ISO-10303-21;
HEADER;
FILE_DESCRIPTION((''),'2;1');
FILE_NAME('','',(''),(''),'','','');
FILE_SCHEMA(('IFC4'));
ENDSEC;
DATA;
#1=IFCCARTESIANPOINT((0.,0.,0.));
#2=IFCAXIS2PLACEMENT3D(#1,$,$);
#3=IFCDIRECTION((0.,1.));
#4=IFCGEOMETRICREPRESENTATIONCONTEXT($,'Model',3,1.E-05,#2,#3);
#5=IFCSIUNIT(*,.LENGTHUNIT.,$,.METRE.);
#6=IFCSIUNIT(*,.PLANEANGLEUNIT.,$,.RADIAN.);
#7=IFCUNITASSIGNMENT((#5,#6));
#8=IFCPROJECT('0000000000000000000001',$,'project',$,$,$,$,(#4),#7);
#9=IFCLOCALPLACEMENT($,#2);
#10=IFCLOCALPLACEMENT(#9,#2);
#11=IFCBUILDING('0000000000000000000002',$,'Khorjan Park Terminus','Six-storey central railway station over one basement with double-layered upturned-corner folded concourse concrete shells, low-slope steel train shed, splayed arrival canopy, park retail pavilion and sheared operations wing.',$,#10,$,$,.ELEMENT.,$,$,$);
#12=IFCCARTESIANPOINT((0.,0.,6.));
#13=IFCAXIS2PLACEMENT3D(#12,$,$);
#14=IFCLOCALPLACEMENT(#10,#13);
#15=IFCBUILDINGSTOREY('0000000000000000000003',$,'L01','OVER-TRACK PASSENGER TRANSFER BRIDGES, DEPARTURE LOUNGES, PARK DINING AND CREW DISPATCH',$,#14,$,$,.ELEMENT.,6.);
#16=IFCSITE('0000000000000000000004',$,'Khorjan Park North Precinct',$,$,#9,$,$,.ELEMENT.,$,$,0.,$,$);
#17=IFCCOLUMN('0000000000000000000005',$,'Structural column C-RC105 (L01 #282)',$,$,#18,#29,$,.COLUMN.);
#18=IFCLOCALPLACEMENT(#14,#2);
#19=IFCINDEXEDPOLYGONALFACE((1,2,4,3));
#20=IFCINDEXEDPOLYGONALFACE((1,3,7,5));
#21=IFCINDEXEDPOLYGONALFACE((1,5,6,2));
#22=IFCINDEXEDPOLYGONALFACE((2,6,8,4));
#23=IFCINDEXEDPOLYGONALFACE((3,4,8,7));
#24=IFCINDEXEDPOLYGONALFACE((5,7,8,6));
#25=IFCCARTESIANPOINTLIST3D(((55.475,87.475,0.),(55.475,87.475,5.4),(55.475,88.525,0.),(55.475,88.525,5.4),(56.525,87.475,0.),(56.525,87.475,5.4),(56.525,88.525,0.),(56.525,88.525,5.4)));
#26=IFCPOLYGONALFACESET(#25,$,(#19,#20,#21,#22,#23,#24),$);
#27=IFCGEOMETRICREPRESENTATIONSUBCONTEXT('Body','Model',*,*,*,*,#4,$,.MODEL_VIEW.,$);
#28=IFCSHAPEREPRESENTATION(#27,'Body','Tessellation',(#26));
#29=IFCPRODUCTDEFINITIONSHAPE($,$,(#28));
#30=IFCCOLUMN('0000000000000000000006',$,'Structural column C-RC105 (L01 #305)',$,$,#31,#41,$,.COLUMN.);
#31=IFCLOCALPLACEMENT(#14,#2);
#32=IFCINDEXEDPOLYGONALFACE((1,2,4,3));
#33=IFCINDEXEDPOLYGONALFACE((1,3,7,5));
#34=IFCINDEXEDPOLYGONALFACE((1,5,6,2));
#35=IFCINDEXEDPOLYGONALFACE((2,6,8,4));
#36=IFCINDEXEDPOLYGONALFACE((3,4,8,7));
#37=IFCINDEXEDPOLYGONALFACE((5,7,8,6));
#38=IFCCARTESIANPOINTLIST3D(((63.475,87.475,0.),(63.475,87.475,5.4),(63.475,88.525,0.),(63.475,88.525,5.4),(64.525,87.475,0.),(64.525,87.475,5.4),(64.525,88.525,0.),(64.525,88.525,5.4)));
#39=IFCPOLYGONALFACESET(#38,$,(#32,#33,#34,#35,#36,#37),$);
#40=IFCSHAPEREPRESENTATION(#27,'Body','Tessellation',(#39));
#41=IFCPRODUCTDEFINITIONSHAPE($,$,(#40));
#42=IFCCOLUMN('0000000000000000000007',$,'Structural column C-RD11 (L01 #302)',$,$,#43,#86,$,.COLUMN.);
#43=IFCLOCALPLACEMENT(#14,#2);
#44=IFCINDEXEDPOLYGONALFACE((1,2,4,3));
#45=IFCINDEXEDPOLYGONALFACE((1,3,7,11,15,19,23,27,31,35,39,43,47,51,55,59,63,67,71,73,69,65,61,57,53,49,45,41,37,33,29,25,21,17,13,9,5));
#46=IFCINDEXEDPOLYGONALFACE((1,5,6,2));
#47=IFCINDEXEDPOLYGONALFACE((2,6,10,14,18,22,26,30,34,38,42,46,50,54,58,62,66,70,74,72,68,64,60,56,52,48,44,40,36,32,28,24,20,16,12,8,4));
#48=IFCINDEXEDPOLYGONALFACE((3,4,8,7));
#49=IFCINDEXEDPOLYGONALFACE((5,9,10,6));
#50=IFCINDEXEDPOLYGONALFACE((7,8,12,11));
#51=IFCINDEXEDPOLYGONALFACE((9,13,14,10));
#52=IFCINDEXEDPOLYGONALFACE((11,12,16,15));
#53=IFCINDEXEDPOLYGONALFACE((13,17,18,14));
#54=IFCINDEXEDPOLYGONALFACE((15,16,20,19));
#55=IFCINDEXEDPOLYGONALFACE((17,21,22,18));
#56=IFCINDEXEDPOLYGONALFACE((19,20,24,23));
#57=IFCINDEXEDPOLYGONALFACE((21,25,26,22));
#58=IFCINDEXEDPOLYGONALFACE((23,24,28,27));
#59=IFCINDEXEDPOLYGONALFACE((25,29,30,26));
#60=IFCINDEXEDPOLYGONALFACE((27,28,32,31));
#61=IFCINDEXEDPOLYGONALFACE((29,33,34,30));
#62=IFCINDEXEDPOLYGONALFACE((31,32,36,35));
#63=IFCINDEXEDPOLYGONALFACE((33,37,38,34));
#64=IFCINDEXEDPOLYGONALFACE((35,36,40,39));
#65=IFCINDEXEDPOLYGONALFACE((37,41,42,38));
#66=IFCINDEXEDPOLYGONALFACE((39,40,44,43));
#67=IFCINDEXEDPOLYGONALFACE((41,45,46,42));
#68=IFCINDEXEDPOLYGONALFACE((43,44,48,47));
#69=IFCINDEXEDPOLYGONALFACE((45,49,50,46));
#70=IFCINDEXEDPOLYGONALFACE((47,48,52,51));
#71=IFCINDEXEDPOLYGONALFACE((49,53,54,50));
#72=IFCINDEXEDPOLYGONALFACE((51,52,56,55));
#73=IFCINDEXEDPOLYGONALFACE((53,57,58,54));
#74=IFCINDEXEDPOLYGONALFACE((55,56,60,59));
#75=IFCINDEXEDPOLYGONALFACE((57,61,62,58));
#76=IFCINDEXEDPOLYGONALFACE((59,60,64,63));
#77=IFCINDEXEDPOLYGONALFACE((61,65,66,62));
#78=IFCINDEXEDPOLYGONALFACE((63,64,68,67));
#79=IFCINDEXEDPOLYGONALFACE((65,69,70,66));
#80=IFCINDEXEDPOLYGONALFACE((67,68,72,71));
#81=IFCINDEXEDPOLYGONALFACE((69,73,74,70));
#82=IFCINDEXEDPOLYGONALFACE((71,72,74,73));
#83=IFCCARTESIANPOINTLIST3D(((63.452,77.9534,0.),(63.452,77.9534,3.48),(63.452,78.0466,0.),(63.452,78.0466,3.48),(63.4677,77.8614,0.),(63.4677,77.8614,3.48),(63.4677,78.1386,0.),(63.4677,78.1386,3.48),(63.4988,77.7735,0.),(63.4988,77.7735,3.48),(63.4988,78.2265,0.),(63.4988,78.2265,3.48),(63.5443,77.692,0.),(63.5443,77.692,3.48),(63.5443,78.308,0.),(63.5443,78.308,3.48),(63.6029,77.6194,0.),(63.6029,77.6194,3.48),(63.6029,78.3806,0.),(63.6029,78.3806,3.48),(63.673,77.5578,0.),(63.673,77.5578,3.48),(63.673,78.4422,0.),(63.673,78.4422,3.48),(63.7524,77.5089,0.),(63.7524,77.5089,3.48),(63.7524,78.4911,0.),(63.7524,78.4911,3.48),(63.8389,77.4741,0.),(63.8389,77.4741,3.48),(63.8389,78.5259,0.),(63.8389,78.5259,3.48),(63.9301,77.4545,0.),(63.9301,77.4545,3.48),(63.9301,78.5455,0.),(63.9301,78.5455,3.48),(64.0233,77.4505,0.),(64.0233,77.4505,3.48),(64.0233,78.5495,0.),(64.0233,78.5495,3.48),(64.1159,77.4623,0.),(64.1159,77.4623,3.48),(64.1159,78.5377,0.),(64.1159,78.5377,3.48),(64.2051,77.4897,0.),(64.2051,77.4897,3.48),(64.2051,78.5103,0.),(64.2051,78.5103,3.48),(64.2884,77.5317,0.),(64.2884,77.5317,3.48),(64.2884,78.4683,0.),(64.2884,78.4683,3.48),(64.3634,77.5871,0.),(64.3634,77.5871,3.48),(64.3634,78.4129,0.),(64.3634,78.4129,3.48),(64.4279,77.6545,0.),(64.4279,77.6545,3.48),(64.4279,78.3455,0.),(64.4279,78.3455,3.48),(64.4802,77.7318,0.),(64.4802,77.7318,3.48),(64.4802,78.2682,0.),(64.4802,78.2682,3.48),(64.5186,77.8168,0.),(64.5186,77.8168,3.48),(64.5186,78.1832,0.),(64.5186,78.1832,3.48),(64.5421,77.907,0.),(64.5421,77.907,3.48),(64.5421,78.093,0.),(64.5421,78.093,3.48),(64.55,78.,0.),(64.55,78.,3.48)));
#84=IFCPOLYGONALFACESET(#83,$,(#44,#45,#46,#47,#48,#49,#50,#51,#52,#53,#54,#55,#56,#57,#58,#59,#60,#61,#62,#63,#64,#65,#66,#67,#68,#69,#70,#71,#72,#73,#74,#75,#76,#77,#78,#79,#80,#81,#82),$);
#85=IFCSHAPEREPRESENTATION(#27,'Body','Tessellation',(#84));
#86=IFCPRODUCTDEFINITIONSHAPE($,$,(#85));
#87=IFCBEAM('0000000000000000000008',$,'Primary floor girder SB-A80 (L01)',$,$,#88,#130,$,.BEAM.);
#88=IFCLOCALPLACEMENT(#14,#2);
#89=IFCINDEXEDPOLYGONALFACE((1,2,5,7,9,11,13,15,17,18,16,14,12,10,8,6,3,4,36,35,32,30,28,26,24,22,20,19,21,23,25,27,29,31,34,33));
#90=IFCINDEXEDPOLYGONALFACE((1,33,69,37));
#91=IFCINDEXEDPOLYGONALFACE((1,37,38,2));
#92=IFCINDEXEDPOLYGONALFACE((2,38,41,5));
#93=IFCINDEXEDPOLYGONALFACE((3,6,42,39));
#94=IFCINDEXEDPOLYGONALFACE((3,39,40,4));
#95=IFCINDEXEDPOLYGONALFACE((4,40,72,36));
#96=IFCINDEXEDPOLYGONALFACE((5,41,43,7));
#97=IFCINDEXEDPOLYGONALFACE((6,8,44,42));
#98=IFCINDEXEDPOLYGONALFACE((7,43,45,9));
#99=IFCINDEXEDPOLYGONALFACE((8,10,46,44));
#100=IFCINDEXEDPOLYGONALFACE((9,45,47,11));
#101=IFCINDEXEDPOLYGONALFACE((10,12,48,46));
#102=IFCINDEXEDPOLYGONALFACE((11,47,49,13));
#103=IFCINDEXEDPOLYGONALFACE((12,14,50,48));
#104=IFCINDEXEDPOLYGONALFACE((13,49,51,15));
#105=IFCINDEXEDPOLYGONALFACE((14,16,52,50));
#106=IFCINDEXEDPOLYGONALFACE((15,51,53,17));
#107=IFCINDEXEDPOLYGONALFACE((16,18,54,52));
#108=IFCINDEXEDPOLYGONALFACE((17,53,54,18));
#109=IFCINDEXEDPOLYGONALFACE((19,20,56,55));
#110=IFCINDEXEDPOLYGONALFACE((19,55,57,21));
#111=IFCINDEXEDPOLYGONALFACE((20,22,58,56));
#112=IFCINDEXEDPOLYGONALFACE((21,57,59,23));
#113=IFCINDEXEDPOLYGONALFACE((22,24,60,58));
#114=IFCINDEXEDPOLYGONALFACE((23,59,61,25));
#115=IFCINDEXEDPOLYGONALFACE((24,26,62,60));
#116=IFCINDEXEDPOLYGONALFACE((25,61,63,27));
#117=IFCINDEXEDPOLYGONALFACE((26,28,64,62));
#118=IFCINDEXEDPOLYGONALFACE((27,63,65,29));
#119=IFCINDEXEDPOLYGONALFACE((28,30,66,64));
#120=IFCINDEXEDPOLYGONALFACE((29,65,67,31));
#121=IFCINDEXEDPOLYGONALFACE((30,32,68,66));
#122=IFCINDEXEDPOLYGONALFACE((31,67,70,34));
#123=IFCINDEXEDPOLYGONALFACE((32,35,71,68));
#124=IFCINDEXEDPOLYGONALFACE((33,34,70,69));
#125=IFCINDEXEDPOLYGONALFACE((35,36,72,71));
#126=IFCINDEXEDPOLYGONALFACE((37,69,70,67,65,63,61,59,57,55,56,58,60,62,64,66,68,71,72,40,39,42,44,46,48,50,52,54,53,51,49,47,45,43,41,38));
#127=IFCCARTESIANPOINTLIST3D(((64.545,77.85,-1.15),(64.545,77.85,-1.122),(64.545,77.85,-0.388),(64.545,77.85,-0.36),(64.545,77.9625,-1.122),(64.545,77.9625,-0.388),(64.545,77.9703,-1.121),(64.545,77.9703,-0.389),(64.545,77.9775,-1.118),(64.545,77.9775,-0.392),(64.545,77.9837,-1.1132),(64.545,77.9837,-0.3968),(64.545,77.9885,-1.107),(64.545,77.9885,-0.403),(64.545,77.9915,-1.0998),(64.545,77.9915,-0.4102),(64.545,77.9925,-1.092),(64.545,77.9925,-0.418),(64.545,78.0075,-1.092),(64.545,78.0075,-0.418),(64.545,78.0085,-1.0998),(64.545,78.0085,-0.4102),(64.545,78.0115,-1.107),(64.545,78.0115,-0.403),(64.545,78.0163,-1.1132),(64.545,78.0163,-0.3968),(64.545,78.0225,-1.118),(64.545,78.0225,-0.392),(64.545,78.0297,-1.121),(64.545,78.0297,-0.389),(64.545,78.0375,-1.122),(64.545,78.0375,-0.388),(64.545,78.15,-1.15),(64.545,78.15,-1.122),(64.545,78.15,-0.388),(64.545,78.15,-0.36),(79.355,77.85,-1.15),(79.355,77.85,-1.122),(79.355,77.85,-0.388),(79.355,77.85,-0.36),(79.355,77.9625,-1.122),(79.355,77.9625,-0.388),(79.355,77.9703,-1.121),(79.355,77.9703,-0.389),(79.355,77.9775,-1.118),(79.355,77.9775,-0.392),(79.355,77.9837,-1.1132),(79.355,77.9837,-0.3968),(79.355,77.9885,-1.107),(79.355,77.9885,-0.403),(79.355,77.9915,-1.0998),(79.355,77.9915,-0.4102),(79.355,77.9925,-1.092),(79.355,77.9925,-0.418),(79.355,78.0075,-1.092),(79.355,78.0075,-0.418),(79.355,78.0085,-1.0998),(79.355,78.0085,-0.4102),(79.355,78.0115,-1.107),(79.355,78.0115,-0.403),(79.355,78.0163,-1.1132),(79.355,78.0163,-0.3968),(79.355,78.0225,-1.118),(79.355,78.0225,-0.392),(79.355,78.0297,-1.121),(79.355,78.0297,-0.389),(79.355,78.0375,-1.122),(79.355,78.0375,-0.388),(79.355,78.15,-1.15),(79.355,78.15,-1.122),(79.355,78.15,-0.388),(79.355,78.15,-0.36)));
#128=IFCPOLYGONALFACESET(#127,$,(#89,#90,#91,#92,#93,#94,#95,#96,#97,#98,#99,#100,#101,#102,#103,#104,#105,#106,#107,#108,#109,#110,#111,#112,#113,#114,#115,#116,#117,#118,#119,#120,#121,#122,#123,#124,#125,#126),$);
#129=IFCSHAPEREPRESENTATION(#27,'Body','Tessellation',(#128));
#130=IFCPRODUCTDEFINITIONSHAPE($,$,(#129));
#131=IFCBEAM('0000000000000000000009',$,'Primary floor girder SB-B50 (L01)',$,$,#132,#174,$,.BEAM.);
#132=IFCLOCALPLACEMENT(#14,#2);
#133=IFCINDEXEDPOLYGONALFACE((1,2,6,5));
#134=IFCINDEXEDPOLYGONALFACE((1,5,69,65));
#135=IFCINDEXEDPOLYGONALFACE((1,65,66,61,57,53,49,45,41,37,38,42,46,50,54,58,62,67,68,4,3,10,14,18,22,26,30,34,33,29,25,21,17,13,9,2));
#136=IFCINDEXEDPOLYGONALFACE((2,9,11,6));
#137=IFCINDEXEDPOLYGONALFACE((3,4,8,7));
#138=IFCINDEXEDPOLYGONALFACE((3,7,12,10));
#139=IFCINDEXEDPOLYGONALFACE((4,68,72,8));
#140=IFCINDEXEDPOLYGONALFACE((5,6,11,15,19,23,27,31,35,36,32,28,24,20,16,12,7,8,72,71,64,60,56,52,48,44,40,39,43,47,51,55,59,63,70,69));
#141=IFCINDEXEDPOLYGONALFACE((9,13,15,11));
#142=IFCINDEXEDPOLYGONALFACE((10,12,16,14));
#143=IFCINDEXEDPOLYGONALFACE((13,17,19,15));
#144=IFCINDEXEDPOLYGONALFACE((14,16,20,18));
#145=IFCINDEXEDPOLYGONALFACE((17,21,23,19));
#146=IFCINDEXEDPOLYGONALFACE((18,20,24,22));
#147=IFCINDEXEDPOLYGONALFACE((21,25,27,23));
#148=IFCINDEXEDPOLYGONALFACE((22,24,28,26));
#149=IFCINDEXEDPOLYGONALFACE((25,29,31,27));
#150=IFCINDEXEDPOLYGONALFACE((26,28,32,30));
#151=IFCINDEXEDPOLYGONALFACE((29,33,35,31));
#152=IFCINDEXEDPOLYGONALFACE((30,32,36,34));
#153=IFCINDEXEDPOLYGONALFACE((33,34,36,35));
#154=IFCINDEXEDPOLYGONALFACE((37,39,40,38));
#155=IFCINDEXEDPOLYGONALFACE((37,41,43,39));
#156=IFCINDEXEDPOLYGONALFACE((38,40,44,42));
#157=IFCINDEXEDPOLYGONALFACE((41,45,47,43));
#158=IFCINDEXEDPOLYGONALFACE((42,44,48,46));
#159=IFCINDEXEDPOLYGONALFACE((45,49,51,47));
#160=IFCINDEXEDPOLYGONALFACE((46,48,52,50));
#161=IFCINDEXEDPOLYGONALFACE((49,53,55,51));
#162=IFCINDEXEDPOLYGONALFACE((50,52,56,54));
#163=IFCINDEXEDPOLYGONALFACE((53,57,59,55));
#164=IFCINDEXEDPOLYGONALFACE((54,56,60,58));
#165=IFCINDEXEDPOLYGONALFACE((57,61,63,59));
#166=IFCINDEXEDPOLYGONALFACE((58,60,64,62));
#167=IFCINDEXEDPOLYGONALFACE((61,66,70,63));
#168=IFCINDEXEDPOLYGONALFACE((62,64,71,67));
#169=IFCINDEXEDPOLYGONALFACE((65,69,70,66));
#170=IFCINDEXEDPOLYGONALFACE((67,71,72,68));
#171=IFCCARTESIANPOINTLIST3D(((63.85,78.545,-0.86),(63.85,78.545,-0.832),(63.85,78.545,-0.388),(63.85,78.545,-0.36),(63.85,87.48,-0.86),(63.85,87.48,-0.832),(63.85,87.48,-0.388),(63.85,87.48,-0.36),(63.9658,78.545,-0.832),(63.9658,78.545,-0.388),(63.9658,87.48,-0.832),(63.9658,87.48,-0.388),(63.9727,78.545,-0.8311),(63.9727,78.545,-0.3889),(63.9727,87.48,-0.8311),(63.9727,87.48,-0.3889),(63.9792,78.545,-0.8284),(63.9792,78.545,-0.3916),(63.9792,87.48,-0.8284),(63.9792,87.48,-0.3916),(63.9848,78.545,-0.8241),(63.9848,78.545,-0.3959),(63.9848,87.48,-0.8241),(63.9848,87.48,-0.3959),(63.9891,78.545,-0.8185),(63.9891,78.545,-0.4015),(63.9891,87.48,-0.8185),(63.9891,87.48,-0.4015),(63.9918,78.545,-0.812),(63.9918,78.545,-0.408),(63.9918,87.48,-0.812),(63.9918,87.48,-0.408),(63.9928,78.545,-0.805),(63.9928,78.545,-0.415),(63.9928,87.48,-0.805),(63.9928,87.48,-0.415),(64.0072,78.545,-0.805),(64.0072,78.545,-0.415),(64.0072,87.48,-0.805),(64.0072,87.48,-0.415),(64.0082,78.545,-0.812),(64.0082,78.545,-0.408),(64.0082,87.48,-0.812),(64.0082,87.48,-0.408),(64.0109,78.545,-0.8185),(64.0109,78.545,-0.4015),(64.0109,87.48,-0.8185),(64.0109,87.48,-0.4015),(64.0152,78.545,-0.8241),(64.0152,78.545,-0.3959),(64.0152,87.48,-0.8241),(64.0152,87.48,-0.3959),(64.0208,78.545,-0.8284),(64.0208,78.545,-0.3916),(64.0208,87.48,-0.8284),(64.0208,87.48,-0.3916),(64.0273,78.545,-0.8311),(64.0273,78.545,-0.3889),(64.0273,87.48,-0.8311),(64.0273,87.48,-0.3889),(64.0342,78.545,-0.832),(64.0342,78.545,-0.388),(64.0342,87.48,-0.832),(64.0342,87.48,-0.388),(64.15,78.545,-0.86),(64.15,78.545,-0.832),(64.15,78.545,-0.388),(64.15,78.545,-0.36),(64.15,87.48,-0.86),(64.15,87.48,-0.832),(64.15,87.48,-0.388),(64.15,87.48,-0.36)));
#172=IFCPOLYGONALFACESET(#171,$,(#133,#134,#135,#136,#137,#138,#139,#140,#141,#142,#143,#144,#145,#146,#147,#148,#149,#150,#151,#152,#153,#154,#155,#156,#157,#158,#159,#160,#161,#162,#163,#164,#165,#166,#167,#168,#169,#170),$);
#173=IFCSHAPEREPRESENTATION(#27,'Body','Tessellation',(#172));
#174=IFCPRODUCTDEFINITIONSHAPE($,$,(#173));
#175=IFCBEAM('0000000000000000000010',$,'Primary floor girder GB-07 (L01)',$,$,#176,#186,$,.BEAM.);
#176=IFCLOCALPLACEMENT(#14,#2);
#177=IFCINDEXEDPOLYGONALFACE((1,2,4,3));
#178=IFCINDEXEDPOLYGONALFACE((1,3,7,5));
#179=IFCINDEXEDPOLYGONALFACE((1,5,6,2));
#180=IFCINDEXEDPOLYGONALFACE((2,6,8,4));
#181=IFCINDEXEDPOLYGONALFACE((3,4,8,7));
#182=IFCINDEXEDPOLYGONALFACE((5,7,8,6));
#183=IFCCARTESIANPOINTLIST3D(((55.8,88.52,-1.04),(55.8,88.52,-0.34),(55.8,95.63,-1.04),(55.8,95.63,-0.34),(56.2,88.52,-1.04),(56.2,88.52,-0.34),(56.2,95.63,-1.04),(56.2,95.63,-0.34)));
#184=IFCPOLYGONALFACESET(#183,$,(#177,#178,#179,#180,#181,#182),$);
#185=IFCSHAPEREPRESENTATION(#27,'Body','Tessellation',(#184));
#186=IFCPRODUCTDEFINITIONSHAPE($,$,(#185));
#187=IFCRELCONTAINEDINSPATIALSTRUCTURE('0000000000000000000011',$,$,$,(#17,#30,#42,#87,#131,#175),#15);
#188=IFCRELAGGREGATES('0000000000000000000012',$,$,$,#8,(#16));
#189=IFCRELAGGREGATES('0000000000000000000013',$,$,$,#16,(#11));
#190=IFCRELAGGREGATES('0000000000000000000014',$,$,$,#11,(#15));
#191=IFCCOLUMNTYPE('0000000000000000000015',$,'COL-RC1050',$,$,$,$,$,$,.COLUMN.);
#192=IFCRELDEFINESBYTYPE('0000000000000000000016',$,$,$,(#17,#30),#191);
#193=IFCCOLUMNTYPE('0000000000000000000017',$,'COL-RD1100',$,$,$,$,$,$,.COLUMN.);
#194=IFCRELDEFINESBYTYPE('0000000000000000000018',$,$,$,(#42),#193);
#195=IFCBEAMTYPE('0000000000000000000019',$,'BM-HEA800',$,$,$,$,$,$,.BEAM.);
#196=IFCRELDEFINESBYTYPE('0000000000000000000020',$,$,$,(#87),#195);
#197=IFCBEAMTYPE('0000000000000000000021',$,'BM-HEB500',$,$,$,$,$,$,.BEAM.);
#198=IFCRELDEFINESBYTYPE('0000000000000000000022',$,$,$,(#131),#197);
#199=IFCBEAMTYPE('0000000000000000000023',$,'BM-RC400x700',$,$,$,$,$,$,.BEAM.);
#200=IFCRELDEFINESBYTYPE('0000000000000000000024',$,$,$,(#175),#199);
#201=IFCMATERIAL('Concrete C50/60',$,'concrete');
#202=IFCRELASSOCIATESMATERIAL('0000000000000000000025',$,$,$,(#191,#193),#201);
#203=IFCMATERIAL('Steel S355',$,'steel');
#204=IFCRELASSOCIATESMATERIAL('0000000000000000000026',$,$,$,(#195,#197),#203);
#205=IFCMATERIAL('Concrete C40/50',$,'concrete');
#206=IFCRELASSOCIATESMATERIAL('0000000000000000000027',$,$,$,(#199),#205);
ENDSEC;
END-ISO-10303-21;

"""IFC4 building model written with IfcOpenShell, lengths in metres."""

from ifc_helpers import new_model, si_unit, direction, frame, origin, origin_2d, place, context, subcontext, project, spatial, rectangle, circle, i_section, extrude, material, material_profile, profile_set, type_object, element, save


model = new_model("IFC4")

# Units and contexts
model_context = context("Model", 3, precision=1e-05, world=origin(), true_north=direction((0.0, 1.0)))
body_context = subcontext(model_context, "Body", "Model", "MODEL_VIEW")
ifc_project = project(units=[si_unit("LENGTHUNIT", "METRE"), si_unit("PLANEANGLEUNIT", "RADIAN")], contexts=[model_context])

# Site, building, storey
site_placement = place(None, origin())
site = spatial("IfcSite", under=ifc_project, at=site_placement, Name="Khorjan Park North Precinct", CompositionType="ELEMENT", RefElevation=0.0)
building_placement = place(site_placement, origin())
building = spatial("IfcBuilding", under=site, at=building_placement, Name="Khorjan Park Terminus", Description="Six-storey central railway station over one basement with double-layered upturned-corner folded concourse concrete shells, low-slope steel train shed, splayed arrival canopy, park retail pavilion and sheared operations wing.", CompositionType="ELEMENT")
storey_placement = place(building_placement, frame((0.0, 0.0, 6.0)))
storey = spatial("IfcBuildingStorey", under=building, at=storey_placement, Name="L01", Description="OVER-TRACK PASSENGER TRANSFER BRIDGES, DEPARTURE LOUNGES, PARK DINING AND CREW DISPATCH", CompositionType="ELEMENT", Elevation=6.0)

# Columns
ifc_material_1 = material(Name="Concrete C50/60", Category="concrete")
ifc_material_profile_1 = material_profile(ifc_material_1, rectangle(XDim=1.05, YDim=1.05, at=origin_2d()), Name="RC 1050x1050")
ifc_profile_set_1 = profile_set([ifc_material_profile_1], Name="Concrete C50/60")
column_type_1 = type_object("IfcColumnType", Name="COL-RC1050", PredefinedType="COLUMN", material=ifc_profile_set_1)
for number, where, z_axis, x_axis, name in (
    (1, (56.0, 88.0, 0.0), (0.0, 0.0, 1.0), (1.0, 0.0, 0.0), "Structural column C-RC105 (L01 #282)"),
    (2, (64.0, 88.0, 0.0), (0.0, 0.0, 1.0), (1.0, 0.0, 0.0), "Structural column C-RC105 (L01 #305)"),
):
    element("IfcColumn", number, at=place(storey_placement, frame(where, z_axis=z_axis, x_axis=x_axis)), inside=storey, type_object=column_type_1, Name=name, PredefinedType="COLUMN", context=body_context, shape_type="SweptSolid", body=[
        extrude(rectangle(XDim=1.05, YDim=1.05, at=origin_2d()), origin(), (0.0, 0.0, 1.0), 5.4),
    ])
ifc_material_profile_2 = material_profile(ifc_material_1, circle(Radius=0.55, at=origin_2d()), Name="RC D1100")
ifc_profile_set_2 = profile_set([ifc_material_profile_2], Name="Concrete C50/60")
column_type_2 = type_object("IfcColumnType", Name="COL-RD1100", PredefinedType="COLUMN", material=ifc_profile_set_2)
column_placement = place(storey_placement, frame((64.0, 78.0, 0.0), z_axis=(0.0, 0.0, 1.0), x_axis=(1.0, 0.0, 0.0)))
element("IfcColumn", 3, at=column_placement, inside=storey, type_object=column_type_2, Name="Structural column C-RD11 (L01 #302)", PredefinedType="COLUMN", context=body_context, shape_type="SweptSolid", body=[
    extrude(circle(Radius=0.55, at=origin_2d()), origin(), (0.0, 0.0, 1.0), 3.48),
])

# Beams
ifc_material_2 = material(Name="Steel S355", Category="steel")
ifc_material_profile_3 = material_profile(ifc_material_2, i_section(OverallWidth=0.3, OverallDepth=0.79, WebThickness=0.015, FlangeThickness=0.028, FilletRadius=0.03, at=origin_2d()), Name="HEA 800")
ifc_profile_set_3 = profile_set([ifc_material_profile_3], Name="Steel S355")
beam_type_1 = type_object("IfcBeamType", Name="BM-HEA800", PredefinedType="BEAM", material=ifc_profile_set_3)
beam_1_placement = place(storey_placement, frame((64.545, 78.0, -0.755), z_axis=(1.0, 0.0, 0.0), x_axis=(0.0, 1.0, 0.0)))
element("IfcBeam", 4, at=beam_1_placement, inside=storey, type_object=beam_type_1, Name="Primary floor girder SB-A80 (L01)", PredefinedType="BEAM", context=body_context, shape_type="SweptSolid", body=[
    extrude(i_section(OverallWidth=0.3, OverallDepth=0.79, WebThickness=0.015, FlangeThickness=0.028, FilletRadius=0.03, at=origin_2d()), origin(), (0.0, 0.0, 1.0), 14.81),
])
ifc_material_profile_4 = material_profile(ifc_material_2, i_section(OverallWidth=0.3, OverallDepth=0.5, WebThickness=0.0145, FlangeThickness=0.028, FilletRadius=0.027, at=origin_2d()), Name="HEB 500")
ifc_profile_set_4 = profile_set([ifc_material_profile_4], Name="Steel S355")
beam_type_2 = type_object("IfcBeamType", Name="BM-HEB500", PredefinedType="BEAM", material=ifc_profile_set_4)
beam_2_placement = place(storey_placement, frame((64.0, 78.545, -0.61), z_axis=(0.0, 1.0, 0.0), x_axis=(-1.0, 0.0, 0.0)))
element("IfcBeam", 5, at=beam_2_placement, inside=storey, type_object=beam_type_2, Name="Primary floor girder SB-B50 (L01)", PredefinedType="BEAM", context=body_context, shape_type="SweptSolid", body=[
    extrude(i_section(OverallWidth=0.3, OverallDepth=0.5, WebThickness=0.0145, FlangeThickness=0.028, FilletRadius=0.027, at=origin_2d()), origin(), (0.0, 0.0, 1.0), 8.935),
])
ifc_material_3 = material(Name="Concrete C40/50", Category="concrete")
ifc_material_profile_5 = material_profile(ifc_material_3, rectangle(XDim=0.4, YDim=0.7, at=origin_2d()), Name="RC 400x700")
ifc_profile_set_5 = profile_set([ifc_material_profile_5], Name="Concrete C40/50")
beam_type_3 = type_object("IfcBeamType", Name="BM-RC400x700", PredefinedType="BEAM", material=ifc_profile_set_5)
beam_3_placement = place(storey_placement, frame((56.0, 88.52, -0.69), z_axis=(0.0, 1.0, 0.0), x_axis=(-1.0, 0.0, 0.0)))
element("IfcBeam", 6, at=beam_3_placement, inside=storey, type_object=beam_type_3, Name="Primary floor girder GB-07 (L01)", PredefinedType="BEAM", context=body_context, shape_type="SweptSolid", body=[
    extrude(rectangle(XDim=0.4, YDim=0.7, at=origin_2d()), origin(), (0.0, 0.0, 1.0), 7.11),
])

save(model, "model.ifc")
